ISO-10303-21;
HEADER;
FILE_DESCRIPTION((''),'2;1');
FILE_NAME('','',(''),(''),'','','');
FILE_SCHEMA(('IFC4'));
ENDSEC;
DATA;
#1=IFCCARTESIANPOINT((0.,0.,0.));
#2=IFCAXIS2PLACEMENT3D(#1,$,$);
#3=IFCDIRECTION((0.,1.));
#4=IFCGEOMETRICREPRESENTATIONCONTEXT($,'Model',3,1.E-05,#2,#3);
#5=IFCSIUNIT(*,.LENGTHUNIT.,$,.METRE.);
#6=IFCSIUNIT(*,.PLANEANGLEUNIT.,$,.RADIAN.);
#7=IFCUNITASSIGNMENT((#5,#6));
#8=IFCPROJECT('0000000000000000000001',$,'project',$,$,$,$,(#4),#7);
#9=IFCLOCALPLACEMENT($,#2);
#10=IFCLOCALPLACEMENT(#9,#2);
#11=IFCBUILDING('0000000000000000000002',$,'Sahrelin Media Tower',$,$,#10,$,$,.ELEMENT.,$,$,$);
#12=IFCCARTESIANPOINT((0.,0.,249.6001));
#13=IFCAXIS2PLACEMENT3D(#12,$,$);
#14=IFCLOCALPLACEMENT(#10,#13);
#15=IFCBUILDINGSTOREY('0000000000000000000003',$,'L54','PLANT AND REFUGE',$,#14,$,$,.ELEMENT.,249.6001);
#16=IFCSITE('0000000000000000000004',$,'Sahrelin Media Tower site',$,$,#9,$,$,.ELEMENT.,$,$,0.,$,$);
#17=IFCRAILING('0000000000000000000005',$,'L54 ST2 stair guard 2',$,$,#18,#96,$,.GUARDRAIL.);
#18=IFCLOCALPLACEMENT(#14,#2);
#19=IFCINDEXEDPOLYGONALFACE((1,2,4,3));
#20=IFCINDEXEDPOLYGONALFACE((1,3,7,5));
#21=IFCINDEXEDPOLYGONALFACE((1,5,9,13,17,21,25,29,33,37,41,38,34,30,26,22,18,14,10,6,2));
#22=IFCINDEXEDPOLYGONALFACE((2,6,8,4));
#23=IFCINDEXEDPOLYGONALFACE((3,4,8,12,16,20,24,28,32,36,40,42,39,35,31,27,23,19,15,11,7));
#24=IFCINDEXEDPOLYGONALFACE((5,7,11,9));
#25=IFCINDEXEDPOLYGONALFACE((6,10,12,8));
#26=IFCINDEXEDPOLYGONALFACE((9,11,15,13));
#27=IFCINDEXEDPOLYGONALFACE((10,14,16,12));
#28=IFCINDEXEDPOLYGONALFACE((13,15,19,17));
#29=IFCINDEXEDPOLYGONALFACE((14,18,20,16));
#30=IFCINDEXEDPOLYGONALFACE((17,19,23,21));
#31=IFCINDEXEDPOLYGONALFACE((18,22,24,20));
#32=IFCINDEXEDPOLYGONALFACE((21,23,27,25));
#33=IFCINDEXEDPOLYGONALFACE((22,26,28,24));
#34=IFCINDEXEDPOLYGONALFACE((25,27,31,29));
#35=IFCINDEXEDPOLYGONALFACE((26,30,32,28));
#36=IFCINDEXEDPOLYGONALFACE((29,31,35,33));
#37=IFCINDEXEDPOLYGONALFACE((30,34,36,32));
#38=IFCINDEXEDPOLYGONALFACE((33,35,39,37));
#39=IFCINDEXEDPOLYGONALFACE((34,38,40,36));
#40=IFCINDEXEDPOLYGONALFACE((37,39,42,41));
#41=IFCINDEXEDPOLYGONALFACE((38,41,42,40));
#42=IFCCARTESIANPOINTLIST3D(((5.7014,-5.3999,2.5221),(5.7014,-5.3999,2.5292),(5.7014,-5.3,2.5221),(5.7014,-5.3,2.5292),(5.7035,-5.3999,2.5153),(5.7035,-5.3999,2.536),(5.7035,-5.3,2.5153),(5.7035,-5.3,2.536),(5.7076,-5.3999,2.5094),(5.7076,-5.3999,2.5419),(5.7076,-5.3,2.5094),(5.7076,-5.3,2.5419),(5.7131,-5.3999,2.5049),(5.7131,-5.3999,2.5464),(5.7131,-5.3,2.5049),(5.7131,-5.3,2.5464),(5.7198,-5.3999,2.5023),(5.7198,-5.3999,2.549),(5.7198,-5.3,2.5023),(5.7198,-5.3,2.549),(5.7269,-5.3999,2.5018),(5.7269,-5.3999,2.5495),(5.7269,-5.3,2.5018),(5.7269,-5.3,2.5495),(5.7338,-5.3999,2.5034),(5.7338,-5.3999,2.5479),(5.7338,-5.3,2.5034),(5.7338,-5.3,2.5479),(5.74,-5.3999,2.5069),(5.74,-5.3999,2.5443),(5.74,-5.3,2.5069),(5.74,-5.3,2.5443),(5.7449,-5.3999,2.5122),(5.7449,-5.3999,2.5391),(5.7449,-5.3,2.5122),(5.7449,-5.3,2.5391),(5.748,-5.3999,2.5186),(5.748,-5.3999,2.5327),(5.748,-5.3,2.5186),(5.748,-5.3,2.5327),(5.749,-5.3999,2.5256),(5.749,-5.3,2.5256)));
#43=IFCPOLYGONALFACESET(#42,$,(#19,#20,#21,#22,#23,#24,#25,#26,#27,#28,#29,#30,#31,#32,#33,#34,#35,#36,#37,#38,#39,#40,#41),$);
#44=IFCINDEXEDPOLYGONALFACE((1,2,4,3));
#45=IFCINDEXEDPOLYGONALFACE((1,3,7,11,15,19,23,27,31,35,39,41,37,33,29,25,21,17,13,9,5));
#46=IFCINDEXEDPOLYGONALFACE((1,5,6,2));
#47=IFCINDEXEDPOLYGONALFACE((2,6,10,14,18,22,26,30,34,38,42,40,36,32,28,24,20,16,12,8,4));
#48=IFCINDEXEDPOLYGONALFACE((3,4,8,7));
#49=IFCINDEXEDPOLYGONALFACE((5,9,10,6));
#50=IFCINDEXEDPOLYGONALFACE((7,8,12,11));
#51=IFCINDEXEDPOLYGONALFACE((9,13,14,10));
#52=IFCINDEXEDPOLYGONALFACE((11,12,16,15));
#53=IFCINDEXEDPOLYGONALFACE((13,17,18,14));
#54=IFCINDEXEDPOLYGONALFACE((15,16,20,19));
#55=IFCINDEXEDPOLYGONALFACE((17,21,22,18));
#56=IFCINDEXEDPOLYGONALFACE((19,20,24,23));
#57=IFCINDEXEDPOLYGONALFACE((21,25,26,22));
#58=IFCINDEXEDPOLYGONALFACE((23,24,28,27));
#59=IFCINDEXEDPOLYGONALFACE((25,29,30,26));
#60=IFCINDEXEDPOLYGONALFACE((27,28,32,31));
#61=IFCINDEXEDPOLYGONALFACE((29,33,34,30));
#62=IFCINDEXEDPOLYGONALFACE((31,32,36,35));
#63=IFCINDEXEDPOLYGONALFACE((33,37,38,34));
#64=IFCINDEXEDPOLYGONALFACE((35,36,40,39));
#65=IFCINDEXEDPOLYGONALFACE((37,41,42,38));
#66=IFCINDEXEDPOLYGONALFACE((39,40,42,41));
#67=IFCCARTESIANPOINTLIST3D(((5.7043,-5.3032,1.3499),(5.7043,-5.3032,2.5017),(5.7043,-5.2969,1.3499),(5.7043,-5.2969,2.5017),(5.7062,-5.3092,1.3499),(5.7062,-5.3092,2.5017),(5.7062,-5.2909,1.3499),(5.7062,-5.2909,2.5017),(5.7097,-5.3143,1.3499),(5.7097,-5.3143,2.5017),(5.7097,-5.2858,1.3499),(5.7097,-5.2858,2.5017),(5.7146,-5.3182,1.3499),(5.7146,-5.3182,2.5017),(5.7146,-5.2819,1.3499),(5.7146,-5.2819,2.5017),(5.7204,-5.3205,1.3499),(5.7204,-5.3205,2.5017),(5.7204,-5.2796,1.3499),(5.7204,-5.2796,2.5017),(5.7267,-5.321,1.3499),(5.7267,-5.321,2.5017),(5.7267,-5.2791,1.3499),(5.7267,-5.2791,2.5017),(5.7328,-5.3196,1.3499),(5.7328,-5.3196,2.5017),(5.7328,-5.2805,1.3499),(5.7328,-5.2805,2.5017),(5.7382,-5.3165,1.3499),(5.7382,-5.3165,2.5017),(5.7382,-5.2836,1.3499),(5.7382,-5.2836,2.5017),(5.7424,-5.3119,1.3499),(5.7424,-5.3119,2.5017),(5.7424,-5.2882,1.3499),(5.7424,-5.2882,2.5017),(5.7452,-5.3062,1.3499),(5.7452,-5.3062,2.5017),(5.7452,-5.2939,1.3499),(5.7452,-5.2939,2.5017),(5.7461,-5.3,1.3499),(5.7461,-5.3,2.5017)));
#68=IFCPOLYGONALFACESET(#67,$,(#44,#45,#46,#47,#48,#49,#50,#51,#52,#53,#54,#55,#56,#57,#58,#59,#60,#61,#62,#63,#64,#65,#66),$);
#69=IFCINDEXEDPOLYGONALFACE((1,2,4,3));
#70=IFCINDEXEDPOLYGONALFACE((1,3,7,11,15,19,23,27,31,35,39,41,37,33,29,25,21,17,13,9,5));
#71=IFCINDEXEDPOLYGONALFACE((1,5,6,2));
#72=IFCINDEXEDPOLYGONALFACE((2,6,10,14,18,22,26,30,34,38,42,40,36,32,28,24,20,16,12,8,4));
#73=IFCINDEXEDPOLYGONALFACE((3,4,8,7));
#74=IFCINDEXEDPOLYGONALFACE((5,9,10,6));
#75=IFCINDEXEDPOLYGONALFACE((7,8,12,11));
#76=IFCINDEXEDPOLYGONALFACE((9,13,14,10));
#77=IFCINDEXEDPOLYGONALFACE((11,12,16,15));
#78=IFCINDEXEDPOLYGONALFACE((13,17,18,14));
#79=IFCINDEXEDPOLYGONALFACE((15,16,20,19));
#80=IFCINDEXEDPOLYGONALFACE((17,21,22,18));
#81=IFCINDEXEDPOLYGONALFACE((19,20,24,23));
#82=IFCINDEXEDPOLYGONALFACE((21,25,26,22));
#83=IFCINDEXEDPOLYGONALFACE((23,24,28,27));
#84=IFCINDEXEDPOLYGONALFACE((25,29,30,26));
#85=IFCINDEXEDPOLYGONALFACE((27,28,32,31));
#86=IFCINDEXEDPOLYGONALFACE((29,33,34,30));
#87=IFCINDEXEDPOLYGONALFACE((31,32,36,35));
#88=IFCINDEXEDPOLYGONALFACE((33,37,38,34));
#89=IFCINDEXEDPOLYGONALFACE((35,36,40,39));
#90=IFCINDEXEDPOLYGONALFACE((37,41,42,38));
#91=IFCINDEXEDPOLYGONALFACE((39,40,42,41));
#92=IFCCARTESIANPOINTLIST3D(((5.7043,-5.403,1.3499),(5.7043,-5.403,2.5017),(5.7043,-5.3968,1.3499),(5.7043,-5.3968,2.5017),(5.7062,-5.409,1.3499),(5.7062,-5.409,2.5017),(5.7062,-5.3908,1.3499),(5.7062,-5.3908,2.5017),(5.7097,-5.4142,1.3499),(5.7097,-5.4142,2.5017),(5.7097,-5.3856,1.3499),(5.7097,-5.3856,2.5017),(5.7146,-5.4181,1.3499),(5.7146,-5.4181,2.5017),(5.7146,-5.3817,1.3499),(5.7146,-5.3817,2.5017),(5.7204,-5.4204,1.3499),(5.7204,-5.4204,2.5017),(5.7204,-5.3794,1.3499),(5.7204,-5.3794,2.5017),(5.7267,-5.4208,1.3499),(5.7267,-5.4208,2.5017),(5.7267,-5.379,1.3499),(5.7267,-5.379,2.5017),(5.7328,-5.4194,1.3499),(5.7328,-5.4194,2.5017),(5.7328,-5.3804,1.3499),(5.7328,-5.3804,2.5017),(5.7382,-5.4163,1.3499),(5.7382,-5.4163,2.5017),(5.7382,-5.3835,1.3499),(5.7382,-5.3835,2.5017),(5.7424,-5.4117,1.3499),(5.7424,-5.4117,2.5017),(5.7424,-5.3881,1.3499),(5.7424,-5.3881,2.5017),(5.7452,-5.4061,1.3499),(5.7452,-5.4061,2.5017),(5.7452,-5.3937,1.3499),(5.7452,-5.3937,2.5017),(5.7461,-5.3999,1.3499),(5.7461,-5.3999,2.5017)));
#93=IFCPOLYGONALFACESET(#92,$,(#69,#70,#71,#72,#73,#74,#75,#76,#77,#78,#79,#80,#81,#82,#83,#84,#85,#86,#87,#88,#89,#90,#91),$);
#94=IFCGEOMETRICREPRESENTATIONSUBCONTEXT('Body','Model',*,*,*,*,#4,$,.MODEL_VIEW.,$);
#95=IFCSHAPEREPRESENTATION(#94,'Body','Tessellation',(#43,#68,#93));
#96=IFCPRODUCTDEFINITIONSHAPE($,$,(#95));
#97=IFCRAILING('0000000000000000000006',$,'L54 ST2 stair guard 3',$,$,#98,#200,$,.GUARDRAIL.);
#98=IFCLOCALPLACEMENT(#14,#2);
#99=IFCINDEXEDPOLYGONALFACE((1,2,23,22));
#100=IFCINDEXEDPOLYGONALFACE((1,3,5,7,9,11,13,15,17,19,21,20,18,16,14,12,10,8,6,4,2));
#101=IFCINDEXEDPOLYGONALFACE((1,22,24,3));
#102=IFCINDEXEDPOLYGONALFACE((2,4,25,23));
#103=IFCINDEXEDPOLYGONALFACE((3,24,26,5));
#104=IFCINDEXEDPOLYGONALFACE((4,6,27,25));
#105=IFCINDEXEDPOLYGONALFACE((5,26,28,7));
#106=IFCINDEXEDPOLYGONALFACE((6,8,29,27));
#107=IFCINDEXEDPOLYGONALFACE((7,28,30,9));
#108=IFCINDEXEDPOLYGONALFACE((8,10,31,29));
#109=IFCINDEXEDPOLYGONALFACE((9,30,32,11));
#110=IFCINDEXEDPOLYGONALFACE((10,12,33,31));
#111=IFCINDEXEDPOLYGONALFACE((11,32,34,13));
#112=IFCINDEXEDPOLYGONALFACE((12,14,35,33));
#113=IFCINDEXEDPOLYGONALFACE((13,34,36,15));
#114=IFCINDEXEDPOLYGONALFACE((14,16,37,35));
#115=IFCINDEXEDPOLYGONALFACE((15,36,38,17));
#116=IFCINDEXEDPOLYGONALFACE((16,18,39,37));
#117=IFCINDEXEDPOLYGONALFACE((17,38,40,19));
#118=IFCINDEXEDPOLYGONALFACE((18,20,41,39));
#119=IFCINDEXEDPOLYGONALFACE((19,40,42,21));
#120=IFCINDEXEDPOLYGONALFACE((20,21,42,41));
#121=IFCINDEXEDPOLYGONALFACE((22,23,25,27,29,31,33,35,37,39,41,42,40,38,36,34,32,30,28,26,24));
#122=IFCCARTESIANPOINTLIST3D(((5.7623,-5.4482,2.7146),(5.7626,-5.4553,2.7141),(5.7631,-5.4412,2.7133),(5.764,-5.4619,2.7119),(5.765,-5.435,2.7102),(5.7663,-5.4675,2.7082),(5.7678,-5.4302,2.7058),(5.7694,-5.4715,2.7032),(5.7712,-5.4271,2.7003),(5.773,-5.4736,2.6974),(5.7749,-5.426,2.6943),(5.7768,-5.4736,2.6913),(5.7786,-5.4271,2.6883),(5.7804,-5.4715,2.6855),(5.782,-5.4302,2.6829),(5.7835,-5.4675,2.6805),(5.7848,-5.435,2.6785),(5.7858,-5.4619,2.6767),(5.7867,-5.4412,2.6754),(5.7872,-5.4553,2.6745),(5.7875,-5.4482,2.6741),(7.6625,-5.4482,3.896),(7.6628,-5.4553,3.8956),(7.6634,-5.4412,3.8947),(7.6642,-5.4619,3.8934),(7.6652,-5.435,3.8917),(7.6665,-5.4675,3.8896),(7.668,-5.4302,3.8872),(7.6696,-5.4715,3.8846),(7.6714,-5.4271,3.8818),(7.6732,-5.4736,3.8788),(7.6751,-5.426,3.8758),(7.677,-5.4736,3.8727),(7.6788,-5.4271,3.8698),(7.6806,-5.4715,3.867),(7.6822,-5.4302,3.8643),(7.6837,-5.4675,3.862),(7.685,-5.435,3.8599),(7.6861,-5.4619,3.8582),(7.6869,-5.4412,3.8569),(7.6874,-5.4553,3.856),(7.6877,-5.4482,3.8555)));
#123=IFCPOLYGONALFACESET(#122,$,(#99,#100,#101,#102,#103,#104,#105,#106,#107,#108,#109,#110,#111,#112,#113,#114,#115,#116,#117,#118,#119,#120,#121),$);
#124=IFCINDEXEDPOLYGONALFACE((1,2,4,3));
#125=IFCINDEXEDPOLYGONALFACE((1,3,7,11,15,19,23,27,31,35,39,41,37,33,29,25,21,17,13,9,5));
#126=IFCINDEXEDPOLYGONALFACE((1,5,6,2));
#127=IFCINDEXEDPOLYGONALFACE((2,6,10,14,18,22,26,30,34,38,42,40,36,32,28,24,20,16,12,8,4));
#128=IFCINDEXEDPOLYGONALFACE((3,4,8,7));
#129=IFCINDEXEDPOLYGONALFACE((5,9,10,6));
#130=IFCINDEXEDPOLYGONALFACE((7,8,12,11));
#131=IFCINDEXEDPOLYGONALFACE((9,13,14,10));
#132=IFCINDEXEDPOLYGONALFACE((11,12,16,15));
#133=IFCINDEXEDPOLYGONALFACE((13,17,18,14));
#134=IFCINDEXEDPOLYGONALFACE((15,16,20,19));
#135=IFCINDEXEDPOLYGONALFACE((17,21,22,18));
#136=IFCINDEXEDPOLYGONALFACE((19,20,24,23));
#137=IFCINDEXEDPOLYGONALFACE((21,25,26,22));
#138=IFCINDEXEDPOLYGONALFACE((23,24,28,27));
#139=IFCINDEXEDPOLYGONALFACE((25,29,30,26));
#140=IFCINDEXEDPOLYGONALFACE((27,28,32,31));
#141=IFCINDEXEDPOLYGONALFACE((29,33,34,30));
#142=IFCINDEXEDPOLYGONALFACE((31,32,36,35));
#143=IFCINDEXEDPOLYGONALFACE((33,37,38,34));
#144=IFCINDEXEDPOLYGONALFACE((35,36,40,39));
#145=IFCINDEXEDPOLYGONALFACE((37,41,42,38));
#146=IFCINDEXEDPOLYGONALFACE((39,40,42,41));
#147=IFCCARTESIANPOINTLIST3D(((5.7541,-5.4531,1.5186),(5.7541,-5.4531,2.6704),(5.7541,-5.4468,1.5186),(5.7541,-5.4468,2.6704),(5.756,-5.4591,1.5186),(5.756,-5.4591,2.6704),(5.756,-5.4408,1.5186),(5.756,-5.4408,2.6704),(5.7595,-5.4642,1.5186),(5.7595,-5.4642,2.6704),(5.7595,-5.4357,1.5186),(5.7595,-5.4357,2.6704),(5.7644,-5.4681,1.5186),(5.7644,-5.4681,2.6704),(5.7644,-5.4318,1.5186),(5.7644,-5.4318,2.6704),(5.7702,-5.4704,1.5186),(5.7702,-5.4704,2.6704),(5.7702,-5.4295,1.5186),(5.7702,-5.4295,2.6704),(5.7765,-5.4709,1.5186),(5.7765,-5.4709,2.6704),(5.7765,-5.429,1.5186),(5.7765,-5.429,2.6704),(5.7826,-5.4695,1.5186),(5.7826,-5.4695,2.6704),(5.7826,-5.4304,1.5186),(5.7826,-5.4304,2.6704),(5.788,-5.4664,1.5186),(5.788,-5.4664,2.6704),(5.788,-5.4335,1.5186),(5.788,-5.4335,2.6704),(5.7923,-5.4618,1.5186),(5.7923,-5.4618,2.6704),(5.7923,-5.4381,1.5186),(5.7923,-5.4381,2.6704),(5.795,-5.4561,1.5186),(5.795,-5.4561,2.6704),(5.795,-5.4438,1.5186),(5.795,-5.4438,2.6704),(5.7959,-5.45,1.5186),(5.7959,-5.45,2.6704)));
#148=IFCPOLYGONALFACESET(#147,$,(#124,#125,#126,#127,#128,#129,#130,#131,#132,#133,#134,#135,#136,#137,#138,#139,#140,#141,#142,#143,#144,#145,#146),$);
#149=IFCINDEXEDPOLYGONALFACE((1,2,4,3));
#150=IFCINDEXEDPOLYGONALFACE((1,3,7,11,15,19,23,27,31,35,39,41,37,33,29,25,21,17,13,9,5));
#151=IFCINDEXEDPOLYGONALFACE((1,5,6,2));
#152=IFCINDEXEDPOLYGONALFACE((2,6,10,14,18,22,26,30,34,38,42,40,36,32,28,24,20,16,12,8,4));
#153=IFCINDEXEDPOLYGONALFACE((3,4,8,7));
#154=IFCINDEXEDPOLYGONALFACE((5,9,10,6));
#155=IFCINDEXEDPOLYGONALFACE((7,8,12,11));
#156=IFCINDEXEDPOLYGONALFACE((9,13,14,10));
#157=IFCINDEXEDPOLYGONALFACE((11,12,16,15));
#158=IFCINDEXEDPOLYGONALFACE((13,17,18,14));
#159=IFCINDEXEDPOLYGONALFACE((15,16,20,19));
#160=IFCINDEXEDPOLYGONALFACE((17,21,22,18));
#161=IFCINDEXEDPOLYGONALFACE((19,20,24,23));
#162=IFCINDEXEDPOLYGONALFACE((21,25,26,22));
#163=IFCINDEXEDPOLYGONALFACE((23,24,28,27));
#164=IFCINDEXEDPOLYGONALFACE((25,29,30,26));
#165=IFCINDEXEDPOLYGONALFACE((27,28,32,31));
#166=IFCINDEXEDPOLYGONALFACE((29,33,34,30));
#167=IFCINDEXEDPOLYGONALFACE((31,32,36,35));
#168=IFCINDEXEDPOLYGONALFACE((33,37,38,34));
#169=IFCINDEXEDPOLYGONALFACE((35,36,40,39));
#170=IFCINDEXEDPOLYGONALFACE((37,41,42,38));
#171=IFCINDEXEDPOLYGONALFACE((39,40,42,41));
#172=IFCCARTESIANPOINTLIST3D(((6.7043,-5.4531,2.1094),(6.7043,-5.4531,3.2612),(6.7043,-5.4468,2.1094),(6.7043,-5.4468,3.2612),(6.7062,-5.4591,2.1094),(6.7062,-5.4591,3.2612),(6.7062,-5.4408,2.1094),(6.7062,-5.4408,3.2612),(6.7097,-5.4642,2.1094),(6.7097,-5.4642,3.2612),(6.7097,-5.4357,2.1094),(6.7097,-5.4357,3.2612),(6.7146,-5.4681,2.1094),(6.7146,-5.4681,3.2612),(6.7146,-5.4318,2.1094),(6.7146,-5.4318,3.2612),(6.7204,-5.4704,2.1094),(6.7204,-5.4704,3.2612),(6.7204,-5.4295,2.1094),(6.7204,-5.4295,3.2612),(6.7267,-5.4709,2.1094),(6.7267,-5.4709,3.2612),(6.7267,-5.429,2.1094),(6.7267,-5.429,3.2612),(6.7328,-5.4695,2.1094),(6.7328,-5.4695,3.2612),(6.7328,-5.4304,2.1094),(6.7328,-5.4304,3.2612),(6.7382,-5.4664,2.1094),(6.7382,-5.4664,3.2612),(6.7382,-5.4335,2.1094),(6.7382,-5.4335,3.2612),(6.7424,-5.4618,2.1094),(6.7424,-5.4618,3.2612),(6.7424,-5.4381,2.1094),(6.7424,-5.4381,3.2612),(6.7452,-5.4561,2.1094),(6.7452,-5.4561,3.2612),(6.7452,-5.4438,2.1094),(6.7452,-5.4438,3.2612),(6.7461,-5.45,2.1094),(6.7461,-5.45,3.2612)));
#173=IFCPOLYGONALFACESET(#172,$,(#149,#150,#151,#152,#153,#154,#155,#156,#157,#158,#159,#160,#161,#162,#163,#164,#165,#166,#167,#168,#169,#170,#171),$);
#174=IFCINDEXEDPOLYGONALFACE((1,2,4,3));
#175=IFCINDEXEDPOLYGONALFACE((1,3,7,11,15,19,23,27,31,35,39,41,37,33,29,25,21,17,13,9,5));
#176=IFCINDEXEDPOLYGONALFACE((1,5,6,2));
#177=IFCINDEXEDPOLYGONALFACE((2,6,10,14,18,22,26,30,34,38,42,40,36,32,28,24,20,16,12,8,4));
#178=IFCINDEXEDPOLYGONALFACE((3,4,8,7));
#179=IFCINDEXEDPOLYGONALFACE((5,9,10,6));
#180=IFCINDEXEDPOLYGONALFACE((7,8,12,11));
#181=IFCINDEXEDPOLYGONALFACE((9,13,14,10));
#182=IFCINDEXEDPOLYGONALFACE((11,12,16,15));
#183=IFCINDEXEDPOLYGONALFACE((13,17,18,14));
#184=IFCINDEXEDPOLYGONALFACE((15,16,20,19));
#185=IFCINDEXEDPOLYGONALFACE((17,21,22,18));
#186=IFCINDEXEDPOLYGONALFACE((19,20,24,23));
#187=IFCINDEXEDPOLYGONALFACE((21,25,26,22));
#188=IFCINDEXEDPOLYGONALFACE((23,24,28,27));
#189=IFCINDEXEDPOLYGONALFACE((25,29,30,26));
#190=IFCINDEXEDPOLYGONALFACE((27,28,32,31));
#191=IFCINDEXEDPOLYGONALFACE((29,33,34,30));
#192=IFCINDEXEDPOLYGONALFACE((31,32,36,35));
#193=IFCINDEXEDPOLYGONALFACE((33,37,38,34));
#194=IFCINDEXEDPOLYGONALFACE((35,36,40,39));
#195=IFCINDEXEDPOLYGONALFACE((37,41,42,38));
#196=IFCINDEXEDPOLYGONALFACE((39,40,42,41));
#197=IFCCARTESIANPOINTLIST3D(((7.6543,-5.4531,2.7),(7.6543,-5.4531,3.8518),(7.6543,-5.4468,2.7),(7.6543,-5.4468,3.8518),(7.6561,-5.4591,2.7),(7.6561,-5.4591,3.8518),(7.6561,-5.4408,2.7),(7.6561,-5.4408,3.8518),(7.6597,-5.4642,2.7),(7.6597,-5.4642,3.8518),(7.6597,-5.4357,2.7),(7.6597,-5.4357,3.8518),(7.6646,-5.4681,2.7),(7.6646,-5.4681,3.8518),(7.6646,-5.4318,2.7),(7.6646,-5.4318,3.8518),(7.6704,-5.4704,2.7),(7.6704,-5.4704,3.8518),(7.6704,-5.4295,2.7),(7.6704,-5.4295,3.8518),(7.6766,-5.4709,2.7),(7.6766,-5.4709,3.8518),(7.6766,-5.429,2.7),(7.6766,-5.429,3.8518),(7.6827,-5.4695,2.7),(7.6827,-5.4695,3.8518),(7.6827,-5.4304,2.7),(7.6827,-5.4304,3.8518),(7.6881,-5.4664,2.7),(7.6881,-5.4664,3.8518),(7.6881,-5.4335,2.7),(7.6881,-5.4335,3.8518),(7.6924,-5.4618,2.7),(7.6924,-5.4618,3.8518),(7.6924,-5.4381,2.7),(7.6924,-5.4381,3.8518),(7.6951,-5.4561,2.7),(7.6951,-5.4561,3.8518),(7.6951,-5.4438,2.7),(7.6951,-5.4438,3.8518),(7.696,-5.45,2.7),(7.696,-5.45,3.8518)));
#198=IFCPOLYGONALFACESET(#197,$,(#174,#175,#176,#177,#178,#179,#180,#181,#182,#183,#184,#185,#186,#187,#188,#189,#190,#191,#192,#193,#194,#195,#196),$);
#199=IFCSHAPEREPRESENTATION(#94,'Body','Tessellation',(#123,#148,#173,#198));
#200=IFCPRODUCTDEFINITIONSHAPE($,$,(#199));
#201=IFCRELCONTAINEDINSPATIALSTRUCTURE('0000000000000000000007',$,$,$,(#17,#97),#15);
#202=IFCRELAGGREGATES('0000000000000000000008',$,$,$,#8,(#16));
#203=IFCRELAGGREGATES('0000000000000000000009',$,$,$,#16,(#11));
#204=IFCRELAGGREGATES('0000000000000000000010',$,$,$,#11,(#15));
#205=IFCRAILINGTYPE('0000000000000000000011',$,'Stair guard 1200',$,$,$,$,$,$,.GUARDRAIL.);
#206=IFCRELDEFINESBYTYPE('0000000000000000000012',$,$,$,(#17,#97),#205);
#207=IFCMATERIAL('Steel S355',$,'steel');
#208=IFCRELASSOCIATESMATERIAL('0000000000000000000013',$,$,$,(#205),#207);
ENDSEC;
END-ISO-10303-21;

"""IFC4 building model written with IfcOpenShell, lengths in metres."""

from ifc_helpers import new_model, si_unit, direction, frame, origin, origin_2d, place, context, subcontext, project, spatial, circle, extrude, material, type_object, element, save


model = new_model("IFC4")

# Units and contexts
model_context = context("Model", 3, precision=1e-05, world=origin(), true_north=direction((0.0, 1.0)))
body_context = subcontext(model_context, "Body", "Model", "MODEL_VIEW")
ifc_project = project(units=[si_unit("LENGTHUNIT", "METRE"), si_unit("PLANEANGLEUNIT", "RADIAN")], contexts=[model_context])

# Site, building, storey
site_placement = place(None, origin())
site = spatial("IfcSite", under=ifc_project, at=site_placement, Name="Sahrelin Media Tower site", CompositionType="ELEMENT", RefElevation=0.0)
building_placement = place(site_placement, origin())
building = spatial("IfcBuilding", under=site, at=building_placement, Name="Sahrelin Media Tower", CompositionType="ELEMENT")
storey_placement = place(building_placement, frame((0.0, 0.0, 249.6001)))
storey = spatial("IfcBuildingStorey", under=building, at=storey_placement, Name="L54", Description="PLANT AND REFUGE", CompositionType="ELEMENT", Elevation=249.6001)

# Shared definitions
ifc_material_1 = material(Name="Steel S355", Category="steel")

# Railings
railing_type_1 = type_object("IfcRailingType", Name="Stair guard 1200", PredefinedType="GUARDRAIL", material=ifc_material_1)
railing_1_placement = place(storey_placement, frame((5.7251, -5.3, 1.3499)))
element("IfcRailing", 1, at=railing_1_placement, inside=storey, type_object=railing_type_1, Name="L54 ST2 stair guard 2", PredefinedType="GUARDRAIL", context=body_context, shape_type="SweptSolid", body=[
    extrude(circle(Radius=0.0239, at=origin_2d()), frame((0.0, 0.0, 1.1758), z_axis=(0.0, -1.0, 0.0), x_axis=(1.0, 0.0, 0.0)), (0.0, 0.0, 1.0), 0.0999),
    extrude(circle(Radius=0.021, at=origin_2d()), origin(), (0.0, 0.0, 1.0), 1.1519),
    extrude(circle(Radius=0.021, at=origin_2d()), frame((0.0, -0.0999, 0.0)), (0.0, 0.0, 1.0), 1.1519),
])
railing_2_placement = place(storey_placement, frame((5.7749, -5.45, 1.5186)))
element("IfcRailing", 2, at=railing_2_placement, inside=storey, type_object=railing_type_1, Name="L54 ST2 stair guard 3", PredefinedType="GUARDRAIL", context=body_context, shape_type="SweptSolid", body=[
    extrude(circle(Radius=0.0239, at=origin_2d()), frame((0.0, 0.0, 1.1758), z_axis=(0.84924, 0.0, 0.528006), x_axis=(0.0, 1.0, 0.0)), (0.0, 0.0, 1.0), 2.2375),
    extrude(circle(Radius=0.021, at=origin_2d()), origin(), (0.0, 0.0, 1.0), 1.1519),
    extrude(circle(Radius=0.021, at=origin_2d()), frame((0.9502, 0.0, 0.5908)), (0.0, 0.0, 1.0), 1.1519),
    extrude(circle(Radius=0.021, at=origin_2d()), frame((1.9001, 0.0, 1.1814)), (0.0, 0.0, 1.0), 1.1519),
])

save(model, "model.ifc")
